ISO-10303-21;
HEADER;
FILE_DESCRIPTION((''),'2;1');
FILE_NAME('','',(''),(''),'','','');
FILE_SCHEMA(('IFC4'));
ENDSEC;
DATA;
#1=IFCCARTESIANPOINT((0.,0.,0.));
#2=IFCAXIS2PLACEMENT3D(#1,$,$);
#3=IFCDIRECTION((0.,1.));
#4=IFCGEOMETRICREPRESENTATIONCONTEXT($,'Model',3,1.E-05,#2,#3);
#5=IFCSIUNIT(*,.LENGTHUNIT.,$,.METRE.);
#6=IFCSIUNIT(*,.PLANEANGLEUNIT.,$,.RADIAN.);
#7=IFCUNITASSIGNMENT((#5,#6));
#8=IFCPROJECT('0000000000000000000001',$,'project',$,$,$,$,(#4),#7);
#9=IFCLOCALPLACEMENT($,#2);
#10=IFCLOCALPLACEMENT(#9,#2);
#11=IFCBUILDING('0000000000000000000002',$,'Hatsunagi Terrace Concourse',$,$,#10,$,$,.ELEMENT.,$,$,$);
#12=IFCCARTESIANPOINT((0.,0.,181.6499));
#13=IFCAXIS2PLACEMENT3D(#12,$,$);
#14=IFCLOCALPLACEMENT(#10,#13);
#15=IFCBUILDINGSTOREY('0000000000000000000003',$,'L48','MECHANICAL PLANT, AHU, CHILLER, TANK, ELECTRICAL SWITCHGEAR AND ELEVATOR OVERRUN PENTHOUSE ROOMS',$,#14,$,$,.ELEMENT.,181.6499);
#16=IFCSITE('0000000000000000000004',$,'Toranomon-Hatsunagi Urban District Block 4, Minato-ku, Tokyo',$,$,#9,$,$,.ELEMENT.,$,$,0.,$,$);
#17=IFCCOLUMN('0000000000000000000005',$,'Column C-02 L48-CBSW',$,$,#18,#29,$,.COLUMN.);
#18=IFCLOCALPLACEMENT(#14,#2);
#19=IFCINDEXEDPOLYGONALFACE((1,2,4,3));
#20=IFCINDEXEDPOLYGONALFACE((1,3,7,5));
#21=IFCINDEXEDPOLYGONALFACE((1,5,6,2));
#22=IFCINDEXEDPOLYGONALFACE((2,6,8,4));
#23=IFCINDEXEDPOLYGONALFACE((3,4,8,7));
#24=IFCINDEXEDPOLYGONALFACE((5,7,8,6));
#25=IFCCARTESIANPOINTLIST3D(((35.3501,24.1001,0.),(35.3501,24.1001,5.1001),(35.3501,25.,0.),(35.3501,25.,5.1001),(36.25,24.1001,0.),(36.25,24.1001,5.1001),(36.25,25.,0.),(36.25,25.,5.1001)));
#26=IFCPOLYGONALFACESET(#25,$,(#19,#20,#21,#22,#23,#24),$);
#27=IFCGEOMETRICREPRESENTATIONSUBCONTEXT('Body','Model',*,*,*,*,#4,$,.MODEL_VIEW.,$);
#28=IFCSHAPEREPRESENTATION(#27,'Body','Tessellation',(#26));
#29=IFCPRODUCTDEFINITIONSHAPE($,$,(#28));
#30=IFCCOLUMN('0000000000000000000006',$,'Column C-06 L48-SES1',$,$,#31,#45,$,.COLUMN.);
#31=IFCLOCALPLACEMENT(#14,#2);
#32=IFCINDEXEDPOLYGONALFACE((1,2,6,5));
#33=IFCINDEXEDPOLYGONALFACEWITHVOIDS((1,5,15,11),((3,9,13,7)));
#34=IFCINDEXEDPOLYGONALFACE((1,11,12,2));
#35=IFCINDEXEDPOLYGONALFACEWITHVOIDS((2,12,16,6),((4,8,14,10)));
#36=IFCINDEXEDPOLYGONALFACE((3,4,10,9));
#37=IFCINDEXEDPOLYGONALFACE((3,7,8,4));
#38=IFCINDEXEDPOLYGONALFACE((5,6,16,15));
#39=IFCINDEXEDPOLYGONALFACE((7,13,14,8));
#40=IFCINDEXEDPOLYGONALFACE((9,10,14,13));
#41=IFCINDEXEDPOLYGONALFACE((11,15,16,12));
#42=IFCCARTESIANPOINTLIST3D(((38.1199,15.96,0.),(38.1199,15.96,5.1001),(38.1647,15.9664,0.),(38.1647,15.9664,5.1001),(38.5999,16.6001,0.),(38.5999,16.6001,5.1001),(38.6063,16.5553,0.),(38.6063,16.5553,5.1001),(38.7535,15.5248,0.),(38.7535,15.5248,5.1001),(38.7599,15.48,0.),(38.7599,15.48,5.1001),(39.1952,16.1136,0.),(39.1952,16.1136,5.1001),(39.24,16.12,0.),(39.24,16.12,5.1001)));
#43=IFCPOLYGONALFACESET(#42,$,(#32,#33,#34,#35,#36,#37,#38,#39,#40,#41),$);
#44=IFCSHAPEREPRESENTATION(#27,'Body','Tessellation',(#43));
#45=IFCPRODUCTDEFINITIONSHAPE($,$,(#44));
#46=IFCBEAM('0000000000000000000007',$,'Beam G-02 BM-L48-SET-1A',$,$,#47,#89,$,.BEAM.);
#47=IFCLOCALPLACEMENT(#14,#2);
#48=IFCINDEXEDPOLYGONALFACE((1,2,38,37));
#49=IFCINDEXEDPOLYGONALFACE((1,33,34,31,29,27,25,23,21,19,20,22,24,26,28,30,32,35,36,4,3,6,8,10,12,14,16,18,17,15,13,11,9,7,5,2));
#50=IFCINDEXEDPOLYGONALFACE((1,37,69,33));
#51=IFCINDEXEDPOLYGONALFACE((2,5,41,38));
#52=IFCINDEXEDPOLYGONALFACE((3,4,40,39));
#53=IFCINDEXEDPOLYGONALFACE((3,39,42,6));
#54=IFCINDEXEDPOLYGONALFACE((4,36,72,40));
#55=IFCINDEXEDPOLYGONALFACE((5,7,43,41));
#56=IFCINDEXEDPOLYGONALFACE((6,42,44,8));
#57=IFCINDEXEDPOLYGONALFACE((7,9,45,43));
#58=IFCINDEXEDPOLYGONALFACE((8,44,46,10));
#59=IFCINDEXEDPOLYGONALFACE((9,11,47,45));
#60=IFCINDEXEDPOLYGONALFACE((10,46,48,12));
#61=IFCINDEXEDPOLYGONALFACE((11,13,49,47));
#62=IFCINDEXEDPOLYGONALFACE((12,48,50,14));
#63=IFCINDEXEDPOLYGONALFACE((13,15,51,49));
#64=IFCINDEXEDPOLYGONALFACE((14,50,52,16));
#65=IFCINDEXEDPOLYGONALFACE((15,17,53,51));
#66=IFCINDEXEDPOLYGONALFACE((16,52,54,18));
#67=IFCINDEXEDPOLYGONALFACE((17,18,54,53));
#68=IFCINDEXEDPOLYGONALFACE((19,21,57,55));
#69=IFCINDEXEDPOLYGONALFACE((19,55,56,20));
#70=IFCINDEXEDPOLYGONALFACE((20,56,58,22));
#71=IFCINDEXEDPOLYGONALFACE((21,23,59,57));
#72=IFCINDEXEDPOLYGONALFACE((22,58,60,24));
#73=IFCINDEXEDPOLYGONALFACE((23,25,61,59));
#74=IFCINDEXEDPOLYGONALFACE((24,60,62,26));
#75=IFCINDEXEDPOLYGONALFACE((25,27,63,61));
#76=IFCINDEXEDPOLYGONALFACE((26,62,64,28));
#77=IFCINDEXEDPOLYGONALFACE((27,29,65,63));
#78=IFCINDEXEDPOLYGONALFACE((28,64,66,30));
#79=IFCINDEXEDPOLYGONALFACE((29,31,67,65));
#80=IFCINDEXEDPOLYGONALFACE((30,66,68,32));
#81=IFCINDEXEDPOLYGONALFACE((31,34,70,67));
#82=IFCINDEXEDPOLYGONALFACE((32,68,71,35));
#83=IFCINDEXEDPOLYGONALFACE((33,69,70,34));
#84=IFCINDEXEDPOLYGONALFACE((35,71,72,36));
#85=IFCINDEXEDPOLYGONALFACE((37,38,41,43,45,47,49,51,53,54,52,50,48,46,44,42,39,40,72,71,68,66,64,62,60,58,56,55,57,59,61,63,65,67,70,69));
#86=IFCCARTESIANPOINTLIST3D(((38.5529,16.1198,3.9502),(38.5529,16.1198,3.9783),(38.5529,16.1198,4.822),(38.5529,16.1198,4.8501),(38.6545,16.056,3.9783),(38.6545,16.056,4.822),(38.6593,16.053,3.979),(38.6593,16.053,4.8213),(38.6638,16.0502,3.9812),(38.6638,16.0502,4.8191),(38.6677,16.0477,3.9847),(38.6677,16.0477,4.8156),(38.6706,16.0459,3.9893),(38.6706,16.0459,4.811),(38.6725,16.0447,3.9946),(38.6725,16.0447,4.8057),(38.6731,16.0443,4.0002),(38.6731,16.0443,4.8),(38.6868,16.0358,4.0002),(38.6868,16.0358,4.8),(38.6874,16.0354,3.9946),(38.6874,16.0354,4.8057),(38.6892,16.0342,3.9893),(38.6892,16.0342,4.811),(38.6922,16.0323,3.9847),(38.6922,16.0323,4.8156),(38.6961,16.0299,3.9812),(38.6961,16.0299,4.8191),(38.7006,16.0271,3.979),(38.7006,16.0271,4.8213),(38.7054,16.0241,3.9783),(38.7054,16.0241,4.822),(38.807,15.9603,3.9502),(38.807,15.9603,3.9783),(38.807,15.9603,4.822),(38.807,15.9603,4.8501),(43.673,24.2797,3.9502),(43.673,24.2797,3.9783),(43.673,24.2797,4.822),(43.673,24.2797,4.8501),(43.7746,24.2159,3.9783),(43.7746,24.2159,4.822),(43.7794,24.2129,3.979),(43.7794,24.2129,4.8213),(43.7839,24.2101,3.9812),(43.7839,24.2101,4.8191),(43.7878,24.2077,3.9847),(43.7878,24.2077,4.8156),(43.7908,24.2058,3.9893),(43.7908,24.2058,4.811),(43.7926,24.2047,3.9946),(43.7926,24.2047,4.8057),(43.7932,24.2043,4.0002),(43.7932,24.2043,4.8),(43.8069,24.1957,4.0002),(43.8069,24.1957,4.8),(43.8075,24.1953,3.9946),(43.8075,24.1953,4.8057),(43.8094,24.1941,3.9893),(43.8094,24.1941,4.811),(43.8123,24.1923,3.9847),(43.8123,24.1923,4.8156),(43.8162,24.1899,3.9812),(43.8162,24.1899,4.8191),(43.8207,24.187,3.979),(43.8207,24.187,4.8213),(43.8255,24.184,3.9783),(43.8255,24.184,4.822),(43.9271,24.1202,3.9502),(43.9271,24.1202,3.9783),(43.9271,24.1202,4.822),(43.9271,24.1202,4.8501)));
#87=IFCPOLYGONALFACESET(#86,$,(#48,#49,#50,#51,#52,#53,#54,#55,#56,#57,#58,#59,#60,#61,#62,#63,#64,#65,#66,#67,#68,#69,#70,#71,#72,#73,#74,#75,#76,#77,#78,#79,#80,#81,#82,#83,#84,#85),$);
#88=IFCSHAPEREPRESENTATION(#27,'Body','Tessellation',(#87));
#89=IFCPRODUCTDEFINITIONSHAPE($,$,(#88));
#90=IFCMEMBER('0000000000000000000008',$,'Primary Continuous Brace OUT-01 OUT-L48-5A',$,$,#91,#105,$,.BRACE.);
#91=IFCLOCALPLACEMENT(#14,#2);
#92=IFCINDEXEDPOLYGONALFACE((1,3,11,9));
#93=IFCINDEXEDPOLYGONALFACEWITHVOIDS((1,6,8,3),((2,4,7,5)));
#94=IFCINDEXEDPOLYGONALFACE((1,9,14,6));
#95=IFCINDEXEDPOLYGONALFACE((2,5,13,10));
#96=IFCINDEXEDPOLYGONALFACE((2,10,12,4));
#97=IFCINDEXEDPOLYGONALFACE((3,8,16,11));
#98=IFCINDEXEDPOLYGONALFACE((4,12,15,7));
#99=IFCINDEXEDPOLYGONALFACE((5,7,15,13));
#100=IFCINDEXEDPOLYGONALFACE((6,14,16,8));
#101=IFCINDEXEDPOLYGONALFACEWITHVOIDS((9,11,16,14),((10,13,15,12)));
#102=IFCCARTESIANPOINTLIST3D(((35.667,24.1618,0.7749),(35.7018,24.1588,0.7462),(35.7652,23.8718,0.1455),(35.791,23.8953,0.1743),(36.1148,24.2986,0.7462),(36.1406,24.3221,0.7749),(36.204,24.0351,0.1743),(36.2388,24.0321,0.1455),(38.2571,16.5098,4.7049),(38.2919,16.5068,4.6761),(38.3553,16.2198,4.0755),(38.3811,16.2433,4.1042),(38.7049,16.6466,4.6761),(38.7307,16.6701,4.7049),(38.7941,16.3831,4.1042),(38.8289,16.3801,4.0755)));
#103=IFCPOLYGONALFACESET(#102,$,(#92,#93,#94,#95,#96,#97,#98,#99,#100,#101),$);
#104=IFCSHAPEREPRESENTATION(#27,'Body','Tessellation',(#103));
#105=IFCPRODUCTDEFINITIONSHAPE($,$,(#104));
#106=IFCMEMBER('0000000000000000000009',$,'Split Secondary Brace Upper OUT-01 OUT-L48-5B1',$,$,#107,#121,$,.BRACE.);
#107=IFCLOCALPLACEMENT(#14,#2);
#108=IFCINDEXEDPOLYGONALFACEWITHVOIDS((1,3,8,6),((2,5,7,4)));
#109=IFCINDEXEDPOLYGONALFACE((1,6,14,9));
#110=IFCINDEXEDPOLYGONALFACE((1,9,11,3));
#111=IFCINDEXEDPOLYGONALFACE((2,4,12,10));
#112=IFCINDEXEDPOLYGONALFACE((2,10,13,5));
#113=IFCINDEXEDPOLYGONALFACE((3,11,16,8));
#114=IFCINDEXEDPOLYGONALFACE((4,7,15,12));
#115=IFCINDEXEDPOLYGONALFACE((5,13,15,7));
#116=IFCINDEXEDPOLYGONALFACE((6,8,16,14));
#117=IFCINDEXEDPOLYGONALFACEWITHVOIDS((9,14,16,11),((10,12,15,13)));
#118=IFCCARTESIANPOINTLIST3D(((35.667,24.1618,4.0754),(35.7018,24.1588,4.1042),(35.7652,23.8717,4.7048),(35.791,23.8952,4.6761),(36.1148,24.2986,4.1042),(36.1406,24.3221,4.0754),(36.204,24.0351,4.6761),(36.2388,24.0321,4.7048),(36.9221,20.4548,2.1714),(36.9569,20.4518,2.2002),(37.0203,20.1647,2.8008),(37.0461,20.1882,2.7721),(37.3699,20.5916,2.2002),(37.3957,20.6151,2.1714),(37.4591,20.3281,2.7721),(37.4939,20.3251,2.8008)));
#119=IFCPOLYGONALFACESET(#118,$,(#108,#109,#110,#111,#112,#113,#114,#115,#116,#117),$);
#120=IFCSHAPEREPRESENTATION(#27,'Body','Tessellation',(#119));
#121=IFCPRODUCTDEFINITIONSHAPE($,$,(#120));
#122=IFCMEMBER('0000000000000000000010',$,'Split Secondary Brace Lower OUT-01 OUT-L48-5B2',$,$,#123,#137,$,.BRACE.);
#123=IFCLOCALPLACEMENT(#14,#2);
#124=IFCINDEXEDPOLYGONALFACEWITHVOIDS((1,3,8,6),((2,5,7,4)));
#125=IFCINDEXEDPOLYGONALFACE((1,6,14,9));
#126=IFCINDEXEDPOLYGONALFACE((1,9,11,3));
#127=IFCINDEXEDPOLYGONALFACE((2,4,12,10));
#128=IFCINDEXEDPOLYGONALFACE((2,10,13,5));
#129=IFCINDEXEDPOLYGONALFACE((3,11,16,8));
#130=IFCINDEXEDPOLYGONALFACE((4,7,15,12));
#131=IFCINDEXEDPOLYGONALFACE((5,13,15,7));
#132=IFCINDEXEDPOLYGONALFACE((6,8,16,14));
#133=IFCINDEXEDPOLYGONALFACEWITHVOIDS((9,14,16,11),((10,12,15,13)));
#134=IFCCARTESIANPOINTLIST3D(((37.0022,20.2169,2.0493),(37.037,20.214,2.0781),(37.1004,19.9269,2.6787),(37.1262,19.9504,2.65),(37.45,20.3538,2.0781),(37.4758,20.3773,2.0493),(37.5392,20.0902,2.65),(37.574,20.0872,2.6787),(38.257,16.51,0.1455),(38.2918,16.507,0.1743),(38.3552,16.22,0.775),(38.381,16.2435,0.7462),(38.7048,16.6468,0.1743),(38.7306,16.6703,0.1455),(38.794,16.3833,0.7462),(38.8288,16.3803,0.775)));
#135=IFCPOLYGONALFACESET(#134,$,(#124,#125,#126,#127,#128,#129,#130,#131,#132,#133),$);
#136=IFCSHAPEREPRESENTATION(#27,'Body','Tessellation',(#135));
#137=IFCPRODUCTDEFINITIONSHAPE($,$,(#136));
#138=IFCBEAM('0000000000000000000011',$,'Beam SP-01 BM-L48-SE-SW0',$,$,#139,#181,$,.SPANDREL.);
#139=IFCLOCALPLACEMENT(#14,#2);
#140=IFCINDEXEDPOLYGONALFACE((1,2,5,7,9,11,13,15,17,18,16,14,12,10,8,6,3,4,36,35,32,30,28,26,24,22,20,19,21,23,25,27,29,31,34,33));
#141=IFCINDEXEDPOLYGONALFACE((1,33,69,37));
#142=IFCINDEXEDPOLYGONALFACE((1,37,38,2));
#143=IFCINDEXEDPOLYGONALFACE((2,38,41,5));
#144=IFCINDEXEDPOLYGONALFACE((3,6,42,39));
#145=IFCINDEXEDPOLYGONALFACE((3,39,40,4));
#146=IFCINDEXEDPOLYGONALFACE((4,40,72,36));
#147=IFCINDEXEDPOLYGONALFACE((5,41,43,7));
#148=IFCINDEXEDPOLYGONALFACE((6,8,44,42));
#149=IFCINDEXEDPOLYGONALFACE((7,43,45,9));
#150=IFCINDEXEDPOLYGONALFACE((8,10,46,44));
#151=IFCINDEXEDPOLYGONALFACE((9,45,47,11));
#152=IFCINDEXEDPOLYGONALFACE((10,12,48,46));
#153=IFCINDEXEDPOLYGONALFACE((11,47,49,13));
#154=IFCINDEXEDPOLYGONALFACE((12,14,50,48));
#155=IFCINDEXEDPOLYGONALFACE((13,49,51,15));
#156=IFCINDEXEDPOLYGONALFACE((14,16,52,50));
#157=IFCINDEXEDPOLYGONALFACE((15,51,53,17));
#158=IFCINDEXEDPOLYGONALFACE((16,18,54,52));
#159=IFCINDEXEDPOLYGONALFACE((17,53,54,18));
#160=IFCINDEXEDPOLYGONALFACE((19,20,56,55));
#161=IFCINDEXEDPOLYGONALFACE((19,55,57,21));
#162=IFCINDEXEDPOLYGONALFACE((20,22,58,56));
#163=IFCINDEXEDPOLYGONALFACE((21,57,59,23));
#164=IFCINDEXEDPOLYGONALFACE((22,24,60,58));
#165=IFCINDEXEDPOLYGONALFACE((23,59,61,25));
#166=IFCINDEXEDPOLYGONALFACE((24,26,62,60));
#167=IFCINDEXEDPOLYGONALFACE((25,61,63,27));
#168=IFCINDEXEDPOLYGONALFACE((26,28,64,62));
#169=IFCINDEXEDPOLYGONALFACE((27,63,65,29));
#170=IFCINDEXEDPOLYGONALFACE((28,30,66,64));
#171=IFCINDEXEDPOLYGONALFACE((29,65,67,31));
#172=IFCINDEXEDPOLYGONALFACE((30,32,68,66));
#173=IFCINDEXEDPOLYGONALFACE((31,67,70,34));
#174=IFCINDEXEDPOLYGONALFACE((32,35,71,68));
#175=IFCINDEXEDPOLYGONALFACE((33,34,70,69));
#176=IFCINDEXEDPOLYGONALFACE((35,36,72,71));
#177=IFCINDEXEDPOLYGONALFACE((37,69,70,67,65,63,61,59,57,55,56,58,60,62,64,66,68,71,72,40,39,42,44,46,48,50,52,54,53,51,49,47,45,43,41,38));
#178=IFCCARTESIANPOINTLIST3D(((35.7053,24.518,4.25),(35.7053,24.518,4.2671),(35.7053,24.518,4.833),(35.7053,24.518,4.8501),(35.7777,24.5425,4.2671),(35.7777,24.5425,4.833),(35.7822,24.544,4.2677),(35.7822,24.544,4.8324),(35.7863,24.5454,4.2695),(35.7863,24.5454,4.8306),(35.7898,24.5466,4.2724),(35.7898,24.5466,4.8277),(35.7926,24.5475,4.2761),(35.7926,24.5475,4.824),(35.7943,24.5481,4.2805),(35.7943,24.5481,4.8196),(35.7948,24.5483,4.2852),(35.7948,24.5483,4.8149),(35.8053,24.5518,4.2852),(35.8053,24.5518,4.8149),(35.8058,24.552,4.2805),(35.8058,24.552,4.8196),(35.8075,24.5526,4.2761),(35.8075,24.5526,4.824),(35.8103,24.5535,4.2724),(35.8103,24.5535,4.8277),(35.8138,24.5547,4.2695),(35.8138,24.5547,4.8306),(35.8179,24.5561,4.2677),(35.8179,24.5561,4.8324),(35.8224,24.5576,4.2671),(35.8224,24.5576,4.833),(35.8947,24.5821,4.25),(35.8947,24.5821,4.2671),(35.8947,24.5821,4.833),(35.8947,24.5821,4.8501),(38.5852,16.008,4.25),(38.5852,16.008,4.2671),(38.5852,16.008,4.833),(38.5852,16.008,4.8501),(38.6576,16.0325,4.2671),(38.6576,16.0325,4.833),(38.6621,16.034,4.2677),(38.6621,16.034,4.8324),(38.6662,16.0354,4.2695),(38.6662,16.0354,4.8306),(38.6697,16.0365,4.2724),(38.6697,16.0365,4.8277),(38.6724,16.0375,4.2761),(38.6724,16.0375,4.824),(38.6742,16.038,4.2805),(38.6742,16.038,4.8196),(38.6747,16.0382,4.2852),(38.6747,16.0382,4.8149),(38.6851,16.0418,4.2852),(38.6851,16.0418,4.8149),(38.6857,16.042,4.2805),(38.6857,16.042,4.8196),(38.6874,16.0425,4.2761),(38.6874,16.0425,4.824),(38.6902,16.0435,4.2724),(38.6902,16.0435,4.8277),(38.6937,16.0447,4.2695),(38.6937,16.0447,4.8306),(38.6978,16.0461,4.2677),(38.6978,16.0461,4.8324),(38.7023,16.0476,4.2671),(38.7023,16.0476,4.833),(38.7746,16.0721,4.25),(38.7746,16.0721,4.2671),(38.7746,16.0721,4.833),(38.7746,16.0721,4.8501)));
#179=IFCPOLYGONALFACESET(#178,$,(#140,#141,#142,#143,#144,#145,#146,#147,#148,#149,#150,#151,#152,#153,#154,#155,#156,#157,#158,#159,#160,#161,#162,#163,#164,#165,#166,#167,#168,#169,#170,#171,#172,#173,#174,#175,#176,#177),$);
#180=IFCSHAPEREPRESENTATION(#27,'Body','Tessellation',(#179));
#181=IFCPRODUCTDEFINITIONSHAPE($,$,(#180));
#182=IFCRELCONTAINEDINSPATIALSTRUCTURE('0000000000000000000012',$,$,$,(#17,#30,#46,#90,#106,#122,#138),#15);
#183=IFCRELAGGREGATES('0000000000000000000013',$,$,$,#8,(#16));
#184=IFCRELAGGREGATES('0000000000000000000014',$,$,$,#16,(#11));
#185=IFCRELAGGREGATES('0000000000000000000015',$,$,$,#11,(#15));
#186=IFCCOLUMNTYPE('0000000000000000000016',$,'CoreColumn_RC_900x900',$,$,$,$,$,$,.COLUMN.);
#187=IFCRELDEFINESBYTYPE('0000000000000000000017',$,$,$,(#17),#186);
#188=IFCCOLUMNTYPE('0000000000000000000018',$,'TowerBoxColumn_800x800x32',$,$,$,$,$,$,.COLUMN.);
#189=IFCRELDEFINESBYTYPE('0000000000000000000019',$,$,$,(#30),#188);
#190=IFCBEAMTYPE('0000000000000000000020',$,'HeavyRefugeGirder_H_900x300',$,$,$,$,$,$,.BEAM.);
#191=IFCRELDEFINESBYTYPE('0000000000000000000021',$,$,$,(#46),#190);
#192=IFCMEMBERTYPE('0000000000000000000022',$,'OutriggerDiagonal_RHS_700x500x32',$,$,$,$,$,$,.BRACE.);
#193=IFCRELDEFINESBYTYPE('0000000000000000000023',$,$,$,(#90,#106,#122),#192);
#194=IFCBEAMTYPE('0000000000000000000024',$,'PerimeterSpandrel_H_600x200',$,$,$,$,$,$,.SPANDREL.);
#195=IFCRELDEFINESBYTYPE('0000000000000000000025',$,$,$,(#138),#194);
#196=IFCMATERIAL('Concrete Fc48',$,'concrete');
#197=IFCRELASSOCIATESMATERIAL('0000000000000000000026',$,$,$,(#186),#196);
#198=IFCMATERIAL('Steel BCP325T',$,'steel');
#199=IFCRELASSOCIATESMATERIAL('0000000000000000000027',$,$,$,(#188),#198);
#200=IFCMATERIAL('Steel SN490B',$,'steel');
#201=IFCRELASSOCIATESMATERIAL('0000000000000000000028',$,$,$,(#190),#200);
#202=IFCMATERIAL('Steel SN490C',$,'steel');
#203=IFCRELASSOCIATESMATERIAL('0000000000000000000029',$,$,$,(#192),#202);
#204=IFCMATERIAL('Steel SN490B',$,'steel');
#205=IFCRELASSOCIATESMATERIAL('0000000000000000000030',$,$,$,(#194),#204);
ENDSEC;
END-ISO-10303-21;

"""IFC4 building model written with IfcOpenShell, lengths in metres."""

from ifc_helpers import new_model, si_unit, direction, frame, origin, origin_2d, place, context, subcontext, project, spatial, rectangle, hollow_rectangle, i_section, extrude, material, material_profile, profile_set, type_object, element, save


model = new_model("IFC4")

# Units and contexts
model_context = context("Model", 3, precision=1e-05, world=origin(), true_north=direction((0.0, 1.0)))
body_context = subcontext(model_context, "Body", "Model", "MODEL_VIEW")
ifc_project = project(units=[si_unit("LENGTHUNIT", "METRE"), si_unit("PLANEANGLEUNIT", "RADIAN")], contexts=[model_context])

# Site, building, storey
site_placement = place(None, origin())
site = spatial("IfcSite", under=ifc_project, at=site_placement, Name="Toranomon-Hatsunagi Urban District Block 4, Minato-ku, Tokyo", CompositionType="ELEMENT", RefElevation=0.0)
building_placement = place(site_placement, origin())
building = spatial("IfcBuilding", under=site, at=building_placement, Name="Hatsunagi Terrace Concourse", CompositionType="ELEMENT")
storey_placement = place(building_placement, frame((0.0, 0.0, 181.6499)))
storey = spatial("IfcBuildingStorey", under=building, at=storey_placement, Name="L48", Description="MECHANICAL PLANT, AHU, CHILLER, TANK, ELECTRICAL SWITCHGEAR AND ELEVATOR OVERRUN PENTHOUSE ROOMS", CompositionType="ELEMENT", Elevation=181.6499)

# Columns
ifc_material_1 = material(Name="Concrete Fc48", Category="concrete")
ifc_material_profile_1 = material_profile(ifc_material_1, rectangle(XDim=0.8999, YDim=0.8999, at=origin_2d()), Name="RC-900x900")
ifc_profile_set_1 = profile_set([ifc_material_profile_1], Name="Concrete Fc48")
column_type_1 = type_object("IfcColumnType", Name="CoreColumn_RC_900x900", PredefinedType="COLUMN", material=ifc_profile_set_1)
column_1_placement = place(storey_placement, frame((35.8, 24.55, 0.0), z_axis=(0.0, 0.0, 1.0), x_axis=(1.0, 0.0, 0.0)))
element("IfcColumn", 1, at=column_1_placement, inside=storey, type_object=column_type_1, Name="Column C-02 L48-CBSW", PredefinedType="COLUMN", context=body_context, shape_type="SweptSolid", body=[
    extrude(rectangle(XDim=0.8999, YDim=0.8999, at=origin_2d()), origin(), (0.0, 0.0, 1.0), 5.1001),
])
ifc_material_2 = material(Name="Steel BCP325T", Category="steel")
ifc_material_profile_2 = material_profile(ifc_material_2, hollow_rectangle(XDim=0.8, YDim=0.8, WallThickness=0.032, at=origin_2d()), Name="BCP-800x800x32")
ifc_profile_set_2 = profile_set([ifc_material_profile_2], Name="Steel BCP325T")
column_type_2 = type_object("IfcColumnType", Name="TowerBoxColumn_800x800x32", PredefinedType="COLUMN", material=ifc_profile_set_2)
column_2_placement = place(storey_placement, frame((38.6799, 16.04, 0.0), z_axis=(0.0, 0.0, 1.0), x_axis=(0.8, -0.6, 0.0)))
element("IfcColumn", 2, at=column_2_placement, inside=storey, type_object=column_type_2, Name="Column C-06 L48-SES1", PredefinedType="COLUMN", context=body_context, shape_type="SweptSolid", body=[
    extrude(hollow_rectangle(XDim=0.8, YDim=0.8, WallThickness=0.032, at=origin_2d()), origin(), (0.0, 0.0, 1.0), 5.1001),
])

# Beam
ifc_material_3 = material(Name="Steel SN490B", Category="steel")
ifc_material_profile_3 = material_profile(ifc_material_3, i_section(OverallWidth=0.3, OverallDepth=0.8999, WebThickness=0.0161, FlangeThickness=0.0281, FilletRadius=0.022, at=origin_2d()), Name="H-900x300x16x28")
ifc_profile_set_3 = profile_set([ifc_material_profile_3], Name="Steel SN490B")
beam_type_1 = type_object("IfcBeamType", Name="HeavyRefugeGirder_H_900x300", PredefinedType="BEAM", material=ifc_profile_set_3)
beam_1_placement = place(storey_placement, frame((38.6799, 16.04, 4.4001), z_axis=(0.531504, 0.847056, 0.0), x_axis=(-0.847056, 0.531504, 0.0)))
element("IfcBeam", 3, at=beam_1_placement, inside=storey, type_object=beam_type_1, Name="Beam G-02 BM-L48-SET-1A", PredefinedType="BEAM", context=body_context, shape_type="SweptSolid", body=[
    extrude(i_section(OverallWidth=0.3, OverallDepth=0.8999, WebThickness=0.0161, FlangeThickness=0.0281, FilletRadius=0.022, at=origin_2d()), origin(), (0.0, 0.0, 1.0), 9.6333),
])

# Members
ifc_material_4 = material(Name="Steel SN490C", Category="steel")
ifc_material_profile_4 = material_profile(ifc_material_4, hollow_rectangle(XDim=0.5, YDim=0.7, WallThickness=0.032, at=origin_2d()), Name="RHS-700x500x32")
ifc_profile_set_4 = profile_set([ifc_material_profile_4], Name="Steel SN490C")
member_type = type_object("IfcMemberType", Name="OutriggerDiagonal_RHS_700x500x32", PredefinedType="BRACE", material=ifc_profile_set_4)
member_1_placement = place(storey_placement, frame((35.9529, 24.0969, 0.4602), z_axis=(0.288315, -0.851765, 0.43746), x_axis=(0.947207, 0.320622, 0.0)))
element("IfcMember", 4, at=member_1_placement, inside=storey, type_object=member_type, Name="Primary Continuous Brace OUT-01 OUT-L48-5A", PredefinedType="BRACE", context=body_context, shape_type="SweptSolid", body=[
    extrude(hollow_rectangle(XDim=0.5, YDim=0.7, WallThickness=0.032, at=origin_2d()), origin(), (0.0, 0.0, 1.0), 8.9836),
])
member_2_placement = place(storey_placement, frame((35.9529, 24.0969, 4.3901), z_axis=(0.28838, -0.851733, -0.437478), x_axis=(0.947182, 0.320697, 0.0)))
element("IfcMember", 5, at=member_2_placement, inside=storey, type_object=member_type, Name="Split Secondary Brace Upper OUT-01 OUT-L48-5B1", PredefinedType="BRACE", context=body_context, shape_type="SweptSolid", body=[
    extrude(hollow_rectangle(XDim=0.5, YDim=0.7, WallThickness=0.032, at=origin_2d()), origin(), (0.0, 0.0, 1.0), 4.3523),
])
member_3_placement = place(storey_placement, frame((37.2881, 20.1521, 2.364), z_axis=(0.288336, -0.851768, -0.43744), x_axis=(0.947201, 0.320641, 0.0)))
element("IfcMember", 6, at=member_3_placement, inside=storey, type_object=member_type, Name="Split Secondary Brace Lower OUT-01 OUT-L48-5B2", PredefinedType="BRACE", context=body_context, shape_type="SweptSolid", body=[
    extrude(hollow_rectangle(XDim=0.5, YDim=0.7, WallThickness=0.032, at=origin_2d()), origin(), (0.0, 0.0, 1.0), 4.3521),
])

# Beam
ifc_material_5 = material(Name="Steel SN490B", Category="steel")
ifc_material_profile_5 = material_profile(ifc_material_5, i_section(OverallWidth=0.2, OverallDepth=0.6001, WebThickness=0.011, FlangeThickness=0.0171, FilletRadius=0.0181, at=origin_2d()), Name="H-600x200x11x17")
ifc_profile_set_5 = profile_set([ifc_material_profile_5], Name="Steel SN490B")
beam_type_2 = type_object("IfcBeamType", Name="PerimeterSpandrel_H_600x200", PredefinedType="SPANDREL", material=ifc_profile_set_5)
beam_2_placement = place(storey_placement, frame((35.8, 24.55, 4.55), z_axis=(0.320553, -0.94723, 0.0), x_axis=(0.94723, 0.320553, 0.0)))
element("IfcBeam", 7, at=beam_2_placement, inside=storey, type_object=beam_type_2, Name="Beam SP-01 BM-L48-SE-SW0", PredefinedType="SPANDREL", context=body_context, shape_type="SweptSolid", body=[
    extrude(i_section(OverallWidth=0.2, OverallDepth=0.6001, WebThickness=0.011, FlangeThickness=0.0171, FilletRadius=0.0181, at=origin_2d()), origin(), (0.0, 0.0, 1.0), 8.9841),
])

save(model, "model.ifc")
